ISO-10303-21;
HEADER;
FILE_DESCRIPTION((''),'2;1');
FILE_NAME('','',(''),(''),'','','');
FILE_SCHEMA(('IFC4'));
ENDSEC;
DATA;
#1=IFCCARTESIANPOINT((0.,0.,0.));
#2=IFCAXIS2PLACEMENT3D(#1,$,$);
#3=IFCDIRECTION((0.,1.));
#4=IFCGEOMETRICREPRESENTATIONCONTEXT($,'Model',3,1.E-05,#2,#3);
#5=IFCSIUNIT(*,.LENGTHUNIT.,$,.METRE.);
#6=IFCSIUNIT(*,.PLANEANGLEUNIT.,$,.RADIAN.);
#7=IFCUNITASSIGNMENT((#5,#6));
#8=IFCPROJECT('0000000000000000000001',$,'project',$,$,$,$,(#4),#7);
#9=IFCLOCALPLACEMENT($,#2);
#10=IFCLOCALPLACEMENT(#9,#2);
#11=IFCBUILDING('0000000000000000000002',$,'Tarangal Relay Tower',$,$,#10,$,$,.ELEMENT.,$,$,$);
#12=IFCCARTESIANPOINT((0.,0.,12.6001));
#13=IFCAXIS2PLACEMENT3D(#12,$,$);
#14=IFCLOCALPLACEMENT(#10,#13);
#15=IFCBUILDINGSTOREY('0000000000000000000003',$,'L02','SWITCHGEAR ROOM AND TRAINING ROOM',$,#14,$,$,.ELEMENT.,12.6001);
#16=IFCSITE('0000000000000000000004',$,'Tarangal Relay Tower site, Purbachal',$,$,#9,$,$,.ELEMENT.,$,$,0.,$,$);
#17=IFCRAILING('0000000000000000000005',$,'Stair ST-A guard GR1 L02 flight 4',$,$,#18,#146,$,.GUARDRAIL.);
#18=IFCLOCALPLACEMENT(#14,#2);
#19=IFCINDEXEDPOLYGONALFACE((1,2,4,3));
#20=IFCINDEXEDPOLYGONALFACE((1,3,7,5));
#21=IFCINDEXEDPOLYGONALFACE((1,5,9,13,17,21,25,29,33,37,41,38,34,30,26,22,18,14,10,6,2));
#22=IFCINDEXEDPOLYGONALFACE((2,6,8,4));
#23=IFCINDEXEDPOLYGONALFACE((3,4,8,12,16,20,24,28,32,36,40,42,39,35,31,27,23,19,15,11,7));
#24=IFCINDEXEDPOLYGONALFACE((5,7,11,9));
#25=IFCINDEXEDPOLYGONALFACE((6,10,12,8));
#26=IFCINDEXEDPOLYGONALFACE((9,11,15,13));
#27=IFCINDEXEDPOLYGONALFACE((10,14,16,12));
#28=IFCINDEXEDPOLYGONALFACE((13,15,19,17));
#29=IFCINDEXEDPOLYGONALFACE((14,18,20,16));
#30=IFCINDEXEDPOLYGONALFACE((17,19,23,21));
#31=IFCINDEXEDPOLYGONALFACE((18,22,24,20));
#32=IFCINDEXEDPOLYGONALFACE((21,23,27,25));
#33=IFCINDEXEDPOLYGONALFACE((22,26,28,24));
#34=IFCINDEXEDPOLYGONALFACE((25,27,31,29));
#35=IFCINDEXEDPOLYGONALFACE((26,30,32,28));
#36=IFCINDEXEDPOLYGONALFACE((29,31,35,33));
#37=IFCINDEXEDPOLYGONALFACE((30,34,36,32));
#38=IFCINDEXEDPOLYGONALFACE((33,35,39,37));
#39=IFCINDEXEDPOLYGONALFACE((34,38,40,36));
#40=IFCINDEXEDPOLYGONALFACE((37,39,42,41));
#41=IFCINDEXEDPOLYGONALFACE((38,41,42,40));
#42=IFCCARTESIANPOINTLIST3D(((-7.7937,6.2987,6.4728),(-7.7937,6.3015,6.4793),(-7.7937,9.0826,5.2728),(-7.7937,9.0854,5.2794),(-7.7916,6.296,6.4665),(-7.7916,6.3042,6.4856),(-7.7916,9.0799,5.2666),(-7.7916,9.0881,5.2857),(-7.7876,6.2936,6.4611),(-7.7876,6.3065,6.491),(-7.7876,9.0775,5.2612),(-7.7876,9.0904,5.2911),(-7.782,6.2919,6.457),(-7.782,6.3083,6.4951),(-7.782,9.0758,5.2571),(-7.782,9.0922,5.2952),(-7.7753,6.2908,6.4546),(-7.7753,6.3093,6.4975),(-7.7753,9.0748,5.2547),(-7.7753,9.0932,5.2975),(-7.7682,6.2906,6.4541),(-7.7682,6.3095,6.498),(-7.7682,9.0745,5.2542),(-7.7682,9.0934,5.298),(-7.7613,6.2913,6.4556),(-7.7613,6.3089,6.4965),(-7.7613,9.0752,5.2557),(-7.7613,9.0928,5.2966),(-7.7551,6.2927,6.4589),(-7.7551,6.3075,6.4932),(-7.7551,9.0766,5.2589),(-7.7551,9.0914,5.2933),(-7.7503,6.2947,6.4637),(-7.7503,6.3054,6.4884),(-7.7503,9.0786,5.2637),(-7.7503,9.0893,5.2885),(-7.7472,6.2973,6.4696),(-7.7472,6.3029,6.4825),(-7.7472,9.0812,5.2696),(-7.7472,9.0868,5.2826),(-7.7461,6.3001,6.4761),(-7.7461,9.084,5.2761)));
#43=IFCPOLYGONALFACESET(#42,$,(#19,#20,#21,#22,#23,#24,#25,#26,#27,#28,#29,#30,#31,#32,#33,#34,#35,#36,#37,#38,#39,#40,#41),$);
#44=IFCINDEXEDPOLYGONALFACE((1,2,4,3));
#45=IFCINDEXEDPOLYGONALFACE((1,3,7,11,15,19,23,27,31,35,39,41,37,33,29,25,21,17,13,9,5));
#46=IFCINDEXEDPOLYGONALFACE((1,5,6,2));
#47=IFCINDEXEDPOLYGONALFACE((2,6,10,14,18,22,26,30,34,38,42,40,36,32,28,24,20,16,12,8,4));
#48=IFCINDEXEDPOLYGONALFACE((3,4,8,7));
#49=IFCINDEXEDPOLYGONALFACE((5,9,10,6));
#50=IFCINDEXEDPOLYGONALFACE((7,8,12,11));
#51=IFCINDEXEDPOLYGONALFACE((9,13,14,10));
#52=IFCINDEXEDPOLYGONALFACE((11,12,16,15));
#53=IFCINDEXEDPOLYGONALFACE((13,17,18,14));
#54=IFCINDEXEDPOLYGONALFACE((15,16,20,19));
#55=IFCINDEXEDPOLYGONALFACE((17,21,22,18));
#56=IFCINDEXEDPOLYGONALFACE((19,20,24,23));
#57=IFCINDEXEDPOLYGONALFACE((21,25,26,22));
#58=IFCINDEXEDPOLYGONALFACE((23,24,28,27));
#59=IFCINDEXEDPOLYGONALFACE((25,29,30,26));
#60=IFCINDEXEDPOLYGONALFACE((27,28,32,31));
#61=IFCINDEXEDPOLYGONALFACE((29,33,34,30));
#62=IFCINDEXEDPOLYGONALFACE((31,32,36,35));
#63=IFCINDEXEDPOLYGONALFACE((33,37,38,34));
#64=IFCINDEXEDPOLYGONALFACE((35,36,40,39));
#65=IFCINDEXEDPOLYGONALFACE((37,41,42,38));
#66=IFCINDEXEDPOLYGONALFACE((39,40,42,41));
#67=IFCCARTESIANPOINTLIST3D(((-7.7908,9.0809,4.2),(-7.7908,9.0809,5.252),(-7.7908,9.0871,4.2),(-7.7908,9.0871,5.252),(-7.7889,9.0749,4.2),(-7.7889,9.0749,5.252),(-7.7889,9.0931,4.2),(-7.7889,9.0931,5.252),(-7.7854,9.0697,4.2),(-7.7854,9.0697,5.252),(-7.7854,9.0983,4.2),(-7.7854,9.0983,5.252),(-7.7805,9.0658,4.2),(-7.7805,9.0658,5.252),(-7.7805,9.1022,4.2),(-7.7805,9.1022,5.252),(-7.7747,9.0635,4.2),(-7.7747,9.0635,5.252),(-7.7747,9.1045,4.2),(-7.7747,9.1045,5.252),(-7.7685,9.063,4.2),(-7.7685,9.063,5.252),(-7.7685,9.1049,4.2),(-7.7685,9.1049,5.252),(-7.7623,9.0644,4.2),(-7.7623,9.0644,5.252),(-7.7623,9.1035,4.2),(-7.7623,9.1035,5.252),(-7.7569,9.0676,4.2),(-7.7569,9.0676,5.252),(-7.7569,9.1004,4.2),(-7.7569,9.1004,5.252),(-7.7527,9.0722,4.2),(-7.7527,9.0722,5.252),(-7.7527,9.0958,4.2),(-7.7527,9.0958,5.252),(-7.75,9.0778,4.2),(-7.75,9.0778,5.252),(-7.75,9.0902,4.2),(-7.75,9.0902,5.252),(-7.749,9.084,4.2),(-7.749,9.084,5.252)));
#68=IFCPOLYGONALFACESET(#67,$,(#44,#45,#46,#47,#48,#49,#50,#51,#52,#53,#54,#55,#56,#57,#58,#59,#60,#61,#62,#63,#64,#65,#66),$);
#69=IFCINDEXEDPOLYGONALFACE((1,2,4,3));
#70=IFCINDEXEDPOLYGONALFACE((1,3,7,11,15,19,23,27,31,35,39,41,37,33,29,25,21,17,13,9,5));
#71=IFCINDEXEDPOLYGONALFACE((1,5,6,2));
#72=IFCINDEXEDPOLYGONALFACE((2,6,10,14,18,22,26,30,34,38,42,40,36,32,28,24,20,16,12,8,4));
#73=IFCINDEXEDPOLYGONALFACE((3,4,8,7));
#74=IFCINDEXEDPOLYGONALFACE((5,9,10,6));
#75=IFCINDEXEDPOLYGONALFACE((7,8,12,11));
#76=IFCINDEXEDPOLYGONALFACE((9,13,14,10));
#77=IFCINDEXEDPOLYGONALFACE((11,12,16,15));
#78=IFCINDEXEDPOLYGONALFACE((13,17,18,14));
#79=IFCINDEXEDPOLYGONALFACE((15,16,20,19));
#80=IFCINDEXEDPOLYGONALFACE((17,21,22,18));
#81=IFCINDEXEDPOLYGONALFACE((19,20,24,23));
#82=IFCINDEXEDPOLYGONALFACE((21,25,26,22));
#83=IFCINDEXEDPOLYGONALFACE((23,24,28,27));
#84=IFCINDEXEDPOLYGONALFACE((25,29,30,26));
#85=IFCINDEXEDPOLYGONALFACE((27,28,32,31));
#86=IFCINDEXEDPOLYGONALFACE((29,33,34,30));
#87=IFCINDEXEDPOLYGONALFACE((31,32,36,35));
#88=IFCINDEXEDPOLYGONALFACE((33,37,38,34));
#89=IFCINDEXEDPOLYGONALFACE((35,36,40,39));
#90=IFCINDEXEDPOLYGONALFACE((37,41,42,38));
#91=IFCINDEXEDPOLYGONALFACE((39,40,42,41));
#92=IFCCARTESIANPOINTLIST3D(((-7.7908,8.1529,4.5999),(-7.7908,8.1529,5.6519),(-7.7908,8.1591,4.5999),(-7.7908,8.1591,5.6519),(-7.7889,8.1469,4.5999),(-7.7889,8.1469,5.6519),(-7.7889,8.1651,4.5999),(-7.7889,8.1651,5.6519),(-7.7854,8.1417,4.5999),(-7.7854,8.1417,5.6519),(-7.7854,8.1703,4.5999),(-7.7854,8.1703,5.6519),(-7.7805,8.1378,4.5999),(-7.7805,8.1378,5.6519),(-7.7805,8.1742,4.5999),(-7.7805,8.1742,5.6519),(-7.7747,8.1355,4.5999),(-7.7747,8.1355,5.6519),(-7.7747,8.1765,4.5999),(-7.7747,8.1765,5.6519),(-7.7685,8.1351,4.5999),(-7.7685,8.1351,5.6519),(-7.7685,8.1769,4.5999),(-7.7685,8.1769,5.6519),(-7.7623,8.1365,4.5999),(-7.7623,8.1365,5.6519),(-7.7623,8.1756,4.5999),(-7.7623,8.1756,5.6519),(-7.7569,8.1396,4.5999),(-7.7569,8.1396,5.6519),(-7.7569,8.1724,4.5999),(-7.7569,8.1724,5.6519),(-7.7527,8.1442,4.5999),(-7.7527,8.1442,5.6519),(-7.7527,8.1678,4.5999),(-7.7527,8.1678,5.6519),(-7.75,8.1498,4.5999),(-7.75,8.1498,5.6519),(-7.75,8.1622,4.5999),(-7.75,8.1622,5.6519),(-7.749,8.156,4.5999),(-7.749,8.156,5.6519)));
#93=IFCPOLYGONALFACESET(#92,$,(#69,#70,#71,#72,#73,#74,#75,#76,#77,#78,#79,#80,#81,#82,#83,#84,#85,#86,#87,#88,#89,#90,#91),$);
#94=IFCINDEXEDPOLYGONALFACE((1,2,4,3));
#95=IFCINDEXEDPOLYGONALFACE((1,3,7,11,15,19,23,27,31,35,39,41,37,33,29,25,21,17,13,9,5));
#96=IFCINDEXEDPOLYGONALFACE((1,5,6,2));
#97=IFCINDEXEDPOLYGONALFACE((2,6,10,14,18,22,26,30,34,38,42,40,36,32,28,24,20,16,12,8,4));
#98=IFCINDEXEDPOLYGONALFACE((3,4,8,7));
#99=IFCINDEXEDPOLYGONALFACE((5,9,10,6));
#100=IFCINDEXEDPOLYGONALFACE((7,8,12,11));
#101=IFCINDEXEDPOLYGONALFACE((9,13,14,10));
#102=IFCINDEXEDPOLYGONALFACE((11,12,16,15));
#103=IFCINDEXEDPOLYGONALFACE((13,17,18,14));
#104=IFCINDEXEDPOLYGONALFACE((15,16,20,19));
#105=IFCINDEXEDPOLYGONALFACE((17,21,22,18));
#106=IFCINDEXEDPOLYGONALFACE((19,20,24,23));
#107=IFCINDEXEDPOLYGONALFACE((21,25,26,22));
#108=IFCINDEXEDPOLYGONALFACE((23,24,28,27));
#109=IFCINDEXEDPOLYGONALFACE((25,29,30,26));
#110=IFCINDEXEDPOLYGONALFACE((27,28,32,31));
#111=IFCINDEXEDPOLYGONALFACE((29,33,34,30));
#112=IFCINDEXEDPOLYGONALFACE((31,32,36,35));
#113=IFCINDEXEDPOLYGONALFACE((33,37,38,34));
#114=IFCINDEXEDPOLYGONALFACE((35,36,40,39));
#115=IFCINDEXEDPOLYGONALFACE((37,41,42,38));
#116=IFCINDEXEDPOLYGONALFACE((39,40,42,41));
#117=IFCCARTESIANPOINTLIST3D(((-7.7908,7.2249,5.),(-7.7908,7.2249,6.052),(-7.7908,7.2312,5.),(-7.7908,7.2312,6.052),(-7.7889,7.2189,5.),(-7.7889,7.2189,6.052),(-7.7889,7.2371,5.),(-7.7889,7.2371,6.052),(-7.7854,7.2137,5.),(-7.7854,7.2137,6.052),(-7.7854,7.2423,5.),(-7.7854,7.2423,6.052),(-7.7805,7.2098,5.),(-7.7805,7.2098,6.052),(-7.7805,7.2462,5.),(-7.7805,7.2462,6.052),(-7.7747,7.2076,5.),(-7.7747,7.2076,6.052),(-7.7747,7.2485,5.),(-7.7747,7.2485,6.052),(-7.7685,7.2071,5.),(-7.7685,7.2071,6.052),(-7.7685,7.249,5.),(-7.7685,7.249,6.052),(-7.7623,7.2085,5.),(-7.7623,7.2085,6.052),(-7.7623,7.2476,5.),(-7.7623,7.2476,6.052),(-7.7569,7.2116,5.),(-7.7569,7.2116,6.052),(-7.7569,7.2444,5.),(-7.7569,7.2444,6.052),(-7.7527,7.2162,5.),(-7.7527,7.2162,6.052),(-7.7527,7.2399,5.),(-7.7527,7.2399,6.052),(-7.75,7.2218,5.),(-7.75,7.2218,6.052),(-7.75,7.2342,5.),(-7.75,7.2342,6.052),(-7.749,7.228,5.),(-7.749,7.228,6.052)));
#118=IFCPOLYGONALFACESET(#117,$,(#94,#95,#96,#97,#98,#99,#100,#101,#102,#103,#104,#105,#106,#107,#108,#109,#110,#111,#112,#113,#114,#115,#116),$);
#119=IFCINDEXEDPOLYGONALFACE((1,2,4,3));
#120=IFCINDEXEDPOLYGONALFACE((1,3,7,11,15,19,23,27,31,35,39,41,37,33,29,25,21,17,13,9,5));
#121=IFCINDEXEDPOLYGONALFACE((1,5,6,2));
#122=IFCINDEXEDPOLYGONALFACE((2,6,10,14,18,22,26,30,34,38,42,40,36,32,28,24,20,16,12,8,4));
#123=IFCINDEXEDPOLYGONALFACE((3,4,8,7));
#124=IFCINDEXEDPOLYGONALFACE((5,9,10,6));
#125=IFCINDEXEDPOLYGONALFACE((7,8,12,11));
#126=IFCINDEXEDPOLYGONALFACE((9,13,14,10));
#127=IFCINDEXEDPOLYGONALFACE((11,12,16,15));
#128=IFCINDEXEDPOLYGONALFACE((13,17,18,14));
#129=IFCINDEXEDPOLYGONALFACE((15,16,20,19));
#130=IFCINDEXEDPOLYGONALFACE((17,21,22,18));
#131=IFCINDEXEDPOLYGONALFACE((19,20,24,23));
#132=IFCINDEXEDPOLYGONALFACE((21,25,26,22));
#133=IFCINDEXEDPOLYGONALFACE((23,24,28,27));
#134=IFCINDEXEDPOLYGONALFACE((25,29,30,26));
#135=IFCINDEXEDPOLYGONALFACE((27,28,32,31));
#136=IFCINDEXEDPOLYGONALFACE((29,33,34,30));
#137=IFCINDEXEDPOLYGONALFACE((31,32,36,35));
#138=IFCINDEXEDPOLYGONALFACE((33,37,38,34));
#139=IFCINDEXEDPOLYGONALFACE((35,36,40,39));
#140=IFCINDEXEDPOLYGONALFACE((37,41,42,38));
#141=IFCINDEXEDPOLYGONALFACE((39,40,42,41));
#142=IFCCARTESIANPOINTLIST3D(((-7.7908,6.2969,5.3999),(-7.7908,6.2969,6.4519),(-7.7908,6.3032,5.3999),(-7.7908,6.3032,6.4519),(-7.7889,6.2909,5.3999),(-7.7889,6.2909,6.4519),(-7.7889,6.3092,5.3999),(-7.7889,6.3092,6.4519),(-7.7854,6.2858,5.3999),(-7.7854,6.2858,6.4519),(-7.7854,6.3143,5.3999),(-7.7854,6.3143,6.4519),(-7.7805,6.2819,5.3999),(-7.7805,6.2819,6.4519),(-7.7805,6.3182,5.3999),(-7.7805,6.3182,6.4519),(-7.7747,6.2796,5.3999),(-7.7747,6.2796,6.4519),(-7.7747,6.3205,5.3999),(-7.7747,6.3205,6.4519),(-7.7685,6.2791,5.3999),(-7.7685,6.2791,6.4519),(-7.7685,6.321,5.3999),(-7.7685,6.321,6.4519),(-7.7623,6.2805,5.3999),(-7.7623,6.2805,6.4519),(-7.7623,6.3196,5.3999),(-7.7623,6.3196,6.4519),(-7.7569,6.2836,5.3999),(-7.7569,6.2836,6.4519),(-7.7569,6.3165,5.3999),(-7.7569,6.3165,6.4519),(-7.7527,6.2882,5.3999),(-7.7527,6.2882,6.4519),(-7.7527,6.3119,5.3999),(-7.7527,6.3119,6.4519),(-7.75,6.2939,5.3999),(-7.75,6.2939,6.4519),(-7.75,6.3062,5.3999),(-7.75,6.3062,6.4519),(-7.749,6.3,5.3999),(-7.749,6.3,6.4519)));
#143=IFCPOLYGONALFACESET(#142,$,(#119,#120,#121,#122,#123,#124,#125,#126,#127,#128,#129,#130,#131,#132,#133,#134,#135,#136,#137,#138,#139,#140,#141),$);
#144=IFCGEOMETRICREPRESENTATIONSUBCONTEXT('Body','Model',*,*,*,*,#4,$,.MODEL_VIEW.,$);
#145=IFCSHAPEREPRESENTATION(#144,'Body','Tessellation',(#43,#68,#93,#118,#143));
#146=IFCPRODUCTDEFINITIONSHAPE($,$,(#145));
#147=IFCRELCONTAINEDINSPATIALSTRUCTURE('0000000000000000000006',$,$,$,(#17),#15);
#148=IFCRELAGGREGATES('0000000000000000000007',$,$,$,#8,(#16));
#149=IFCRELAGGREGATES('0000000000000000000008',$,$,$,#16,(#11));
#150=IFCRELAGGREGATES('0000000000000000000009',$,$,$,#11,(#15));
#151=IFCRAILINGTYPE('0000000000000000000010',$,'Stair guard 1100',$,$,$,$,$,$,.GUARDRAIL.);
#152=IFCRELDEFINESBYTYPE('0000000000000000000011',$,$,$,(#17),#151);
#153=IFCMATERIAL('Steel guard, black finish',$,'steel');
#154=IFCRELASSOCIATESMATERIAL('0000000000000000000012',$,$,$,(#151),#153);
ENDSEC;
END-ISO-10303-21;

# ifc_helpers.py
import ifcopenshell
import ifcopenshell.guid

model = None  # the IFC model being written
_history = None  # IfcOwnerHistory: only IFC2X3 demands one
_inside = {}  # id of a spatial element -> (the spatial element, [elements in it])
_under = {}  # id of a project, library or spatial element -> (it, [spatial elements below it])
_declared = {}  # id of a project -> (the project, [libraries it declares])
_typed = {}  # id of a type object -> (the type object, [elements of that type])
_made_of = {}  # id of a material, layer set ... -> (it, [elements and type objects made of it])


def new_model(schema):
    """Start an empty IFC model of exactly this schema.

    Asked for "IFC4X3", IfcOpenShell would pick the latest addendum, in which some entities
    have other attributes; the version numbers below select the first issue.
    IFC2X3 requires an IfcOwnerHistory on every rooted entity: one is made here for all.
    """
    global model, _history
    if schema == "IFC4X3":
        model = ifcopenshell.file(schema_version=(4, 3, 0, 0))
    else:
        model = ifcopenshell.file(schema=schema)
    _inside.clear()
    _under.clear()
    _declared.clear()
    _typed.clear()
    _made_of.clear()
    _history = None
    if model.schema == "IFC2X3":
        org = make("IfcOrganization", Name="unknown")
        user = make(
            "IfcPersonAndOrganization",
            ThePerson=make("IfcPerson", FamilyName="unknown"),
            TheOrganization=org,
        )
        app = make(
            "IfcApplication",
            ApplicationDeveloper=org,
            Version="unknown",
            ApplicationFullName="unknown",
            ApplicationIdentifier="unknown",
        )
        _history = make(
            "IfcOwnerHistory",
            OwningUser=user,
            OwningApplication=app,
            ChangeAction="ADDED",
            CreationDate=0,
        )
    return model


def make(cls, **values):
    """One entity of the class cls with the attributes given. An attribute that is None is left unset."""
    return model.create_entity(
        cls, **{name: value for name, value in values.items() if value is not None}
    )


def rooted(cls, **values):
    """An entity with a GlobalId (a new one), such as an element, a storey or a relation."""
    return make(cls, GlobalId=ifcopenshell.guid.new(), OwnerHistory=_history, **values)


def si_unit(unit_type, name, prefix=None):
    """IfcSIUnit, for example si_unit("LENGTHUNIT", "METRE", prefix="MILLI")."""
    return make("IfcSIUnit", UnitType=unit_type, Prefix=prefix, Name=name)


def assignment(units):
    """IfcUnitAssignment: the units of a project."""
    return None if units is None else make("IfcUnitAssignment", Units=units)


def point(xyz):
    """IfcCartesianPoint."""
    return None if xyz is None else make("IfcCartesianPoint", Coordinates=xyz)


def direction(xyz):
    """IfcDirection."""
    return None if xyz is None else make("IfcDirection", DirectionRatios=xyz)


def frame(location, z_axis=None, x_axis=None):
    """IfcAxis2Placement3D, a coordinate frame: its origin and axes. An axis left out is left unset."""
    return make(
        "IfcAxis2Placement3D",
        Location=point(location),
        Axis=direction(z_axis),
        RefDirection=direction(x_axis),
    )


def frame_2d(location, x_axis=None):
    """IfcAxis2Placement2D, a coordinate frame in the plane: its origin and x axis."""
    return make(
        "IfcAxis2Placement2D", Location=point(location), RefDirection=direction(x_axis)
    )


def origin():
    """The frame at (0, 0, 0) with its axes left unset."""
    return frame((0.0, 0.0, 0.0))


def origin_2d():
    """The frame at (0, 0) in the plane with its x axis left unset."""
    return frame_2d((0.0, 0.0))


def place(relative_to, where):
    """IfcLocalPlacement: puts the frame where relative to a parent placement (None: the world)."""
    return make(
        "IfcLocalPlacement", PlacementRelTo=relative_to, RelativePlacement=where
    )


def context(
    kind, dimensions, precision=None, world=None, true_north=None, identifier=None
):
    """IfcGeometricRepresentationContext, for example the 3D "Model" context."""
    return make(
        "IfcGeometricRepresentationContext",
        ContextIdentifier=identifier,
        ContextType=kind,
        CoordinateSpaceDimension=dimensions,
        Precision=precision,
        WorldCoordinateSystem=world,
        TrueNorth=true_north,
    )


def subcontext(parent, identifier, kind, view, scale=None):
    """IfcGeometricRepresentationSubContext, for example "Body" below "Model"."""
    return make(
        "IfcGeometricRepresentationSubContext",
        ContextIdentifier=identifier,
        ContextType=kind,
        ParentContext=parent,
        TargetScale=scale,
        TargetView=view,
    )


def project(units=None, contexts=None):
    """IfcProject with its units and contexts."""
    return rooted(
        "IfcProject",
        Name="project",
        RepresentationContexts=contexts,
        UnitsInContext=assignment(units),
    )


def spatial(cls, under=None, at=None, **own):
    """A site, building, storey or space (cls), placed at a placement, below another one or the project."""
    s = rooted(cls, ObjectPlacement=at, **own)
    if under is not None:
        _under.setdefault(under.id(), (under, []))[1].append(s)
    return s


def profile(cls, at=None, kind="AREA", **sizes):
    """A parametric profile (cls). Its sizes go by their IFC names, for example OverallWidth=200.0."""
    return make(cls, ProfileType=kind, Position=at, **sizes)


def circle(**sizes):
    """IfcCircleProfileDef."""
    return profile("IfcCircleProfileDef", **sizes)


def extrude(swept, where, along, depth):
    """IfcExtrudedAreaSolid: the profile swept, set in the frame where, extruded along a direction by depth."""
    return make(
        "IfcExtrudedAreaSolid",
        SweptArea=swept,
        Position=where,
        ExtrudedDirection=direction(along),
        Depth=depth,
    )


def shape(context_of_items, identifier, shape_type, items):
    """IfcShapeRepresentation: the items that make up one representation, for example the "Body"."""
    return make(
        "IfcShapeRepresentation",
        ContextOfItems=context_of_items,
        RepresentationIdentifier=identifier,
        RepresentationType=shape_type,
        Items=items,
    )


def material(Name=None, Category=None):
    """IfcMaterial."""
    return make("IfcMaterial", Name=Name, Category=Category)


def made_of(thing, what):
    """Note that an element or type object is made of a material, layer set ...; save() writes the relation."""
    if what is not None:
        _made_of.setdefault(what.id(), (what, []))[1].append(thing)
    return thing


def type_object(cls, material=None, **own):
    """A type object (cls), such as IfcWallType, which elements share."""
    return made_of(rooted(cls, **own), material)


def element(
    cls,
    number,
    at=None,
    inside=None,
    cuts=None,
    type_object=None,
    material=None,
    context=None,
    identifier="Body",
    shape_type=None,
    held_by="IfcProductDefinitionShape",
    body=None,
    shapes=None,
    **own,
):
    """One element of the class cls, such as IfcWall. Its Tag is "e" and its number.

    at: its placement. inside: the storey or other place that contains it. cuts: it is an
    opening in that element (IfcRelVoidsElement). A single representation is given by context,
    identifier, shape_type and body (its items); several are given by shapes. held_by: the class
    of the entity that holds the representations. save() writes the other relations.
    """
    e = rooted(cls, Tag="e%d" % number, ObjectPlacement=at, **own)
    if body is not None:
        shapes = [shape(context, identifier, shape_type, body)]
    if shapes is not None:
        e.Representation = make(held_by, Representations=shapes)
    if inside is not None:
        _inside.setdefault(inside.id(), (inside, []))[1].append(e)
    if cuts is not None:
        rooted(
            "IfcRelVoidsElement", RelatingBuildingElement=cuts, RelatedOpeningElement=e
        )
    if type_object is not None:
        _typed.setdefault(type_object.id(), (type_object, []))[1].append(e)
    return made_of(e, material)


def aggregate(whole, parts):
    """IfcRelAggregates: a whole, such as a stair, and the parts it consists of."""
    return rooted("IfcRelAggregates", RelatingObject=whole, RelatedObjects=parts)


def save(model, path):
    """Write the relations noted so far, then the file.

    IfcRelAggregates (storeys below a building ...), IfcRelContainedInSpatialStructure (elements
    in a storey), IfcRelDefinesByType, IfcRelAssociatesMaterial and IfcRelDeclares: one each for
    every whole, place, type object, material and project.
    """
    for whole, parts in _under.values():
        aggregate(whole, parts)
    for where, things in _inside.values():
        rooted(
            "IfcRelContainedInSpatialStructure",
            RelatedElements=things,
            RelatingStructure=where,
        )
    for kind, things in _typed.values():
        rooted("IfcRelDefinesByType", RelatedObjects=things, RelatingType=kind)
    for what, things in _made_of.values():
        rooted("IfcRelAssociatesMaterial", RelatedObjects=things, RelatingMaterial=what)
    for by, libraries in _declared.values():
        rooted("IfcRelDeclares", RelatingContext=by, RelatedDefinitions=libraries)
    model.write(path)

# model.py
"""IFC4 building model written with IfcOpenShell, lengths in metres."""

from ifc_helpers import new_model, si_unit, direction, frame, origin, origin_2d, place, context, subcontext, project, spatial, circle, extrude, material, type_object, element, save


model = new_model("IFC4")

# Units and contexts
model_context = context("Model", 3, precision=1e-05, world=origin(), true_north=direction((0.0, 1.0)))
body_context = subcontext(model_context, "Body", "Model", "MODEL_VIEW")
ifc_project = project(units=[si_unit("LENGTHUNIT", "METRE"), si_unit("PLANEANGLEUNIT", "RADIAN")], contexts=[model_context])

# Site, building, storey
site_placement = place(None, origin())
site = spatial("IfcSite", under=ifc_project, at=site_placement, Name="Tarangal Relay Tower site, Purbachal", CompositionType="ELEMENT", RefElevation=0.0)
building_placement = place(site_placement, origin())
building = spatial("IfcBuilding", under=site, at=building_placement, Name="Tarangal Relay Tower", CompositionType="ELEMENT")
storey_placement = place(building_placement, frame((0.0, 0.0, 12.6001)))
storey = spatial("IfcBuildingStorey", under=building, at=storey_placement, Name="L02", Description="SWITCHGEAR ROOM AND TRAINING ROOM", CompositionType="ELEMENT", Elevation=12.6001)

# Railing
ifc_material_1 = material(Name="Steel guard, black finish", Category="steel")
railing_type_1 = type_object("IfcRailingType", Name="Stair guard 1100", PredefinedType="GUARDRAIL", material=ifc_material_1)
for number, where, name in (
    (1, (-7.77, 9.084, 4.2), "Stair ST-A guard GR1 L02 flight 4"),
):
    element("IfcRailing", number, at=place(storey_placement, frame(where)), inside=storey, type_object=railing_type_1, Name=name, PredefinedType="GUARDRAIL", context=body_context, shape_type="SweptSolid", body=[
        extrude(circle(Radius=0.0239, at=origin_2d()), frame((0.0, 0.0, 1.0762), z_axis=(0.0, -0.918327, 0.395823), x_axis=(1.0, 0.0, 0.0)), (0.0, 0.0, 1.0), 3.0315),
        extrude(circle(Radius=0.021, at=origin_2d()), origin(), (0.0, 0.0, 1.0), 1.052),
        extrude(circle(Radius=0.021, at=origin_2d()), frame((0.0, -0.928, 0.3999)), (0.0, 0.0, 1.0), 1.052),
        extrude(circle(Radius=0.021, at=origin_2d()), frame((0.0, -1.856, 0.8)), (0.0, 0.0, 1.0), 1.052),
        extrude(circle(Radius=0.021, at=origin_2d()), frame((0.0, -2.7839, 1.2)), (0.0, 0.0, 1.0), 1.052),
    ])

save(model, "model.ifc")
